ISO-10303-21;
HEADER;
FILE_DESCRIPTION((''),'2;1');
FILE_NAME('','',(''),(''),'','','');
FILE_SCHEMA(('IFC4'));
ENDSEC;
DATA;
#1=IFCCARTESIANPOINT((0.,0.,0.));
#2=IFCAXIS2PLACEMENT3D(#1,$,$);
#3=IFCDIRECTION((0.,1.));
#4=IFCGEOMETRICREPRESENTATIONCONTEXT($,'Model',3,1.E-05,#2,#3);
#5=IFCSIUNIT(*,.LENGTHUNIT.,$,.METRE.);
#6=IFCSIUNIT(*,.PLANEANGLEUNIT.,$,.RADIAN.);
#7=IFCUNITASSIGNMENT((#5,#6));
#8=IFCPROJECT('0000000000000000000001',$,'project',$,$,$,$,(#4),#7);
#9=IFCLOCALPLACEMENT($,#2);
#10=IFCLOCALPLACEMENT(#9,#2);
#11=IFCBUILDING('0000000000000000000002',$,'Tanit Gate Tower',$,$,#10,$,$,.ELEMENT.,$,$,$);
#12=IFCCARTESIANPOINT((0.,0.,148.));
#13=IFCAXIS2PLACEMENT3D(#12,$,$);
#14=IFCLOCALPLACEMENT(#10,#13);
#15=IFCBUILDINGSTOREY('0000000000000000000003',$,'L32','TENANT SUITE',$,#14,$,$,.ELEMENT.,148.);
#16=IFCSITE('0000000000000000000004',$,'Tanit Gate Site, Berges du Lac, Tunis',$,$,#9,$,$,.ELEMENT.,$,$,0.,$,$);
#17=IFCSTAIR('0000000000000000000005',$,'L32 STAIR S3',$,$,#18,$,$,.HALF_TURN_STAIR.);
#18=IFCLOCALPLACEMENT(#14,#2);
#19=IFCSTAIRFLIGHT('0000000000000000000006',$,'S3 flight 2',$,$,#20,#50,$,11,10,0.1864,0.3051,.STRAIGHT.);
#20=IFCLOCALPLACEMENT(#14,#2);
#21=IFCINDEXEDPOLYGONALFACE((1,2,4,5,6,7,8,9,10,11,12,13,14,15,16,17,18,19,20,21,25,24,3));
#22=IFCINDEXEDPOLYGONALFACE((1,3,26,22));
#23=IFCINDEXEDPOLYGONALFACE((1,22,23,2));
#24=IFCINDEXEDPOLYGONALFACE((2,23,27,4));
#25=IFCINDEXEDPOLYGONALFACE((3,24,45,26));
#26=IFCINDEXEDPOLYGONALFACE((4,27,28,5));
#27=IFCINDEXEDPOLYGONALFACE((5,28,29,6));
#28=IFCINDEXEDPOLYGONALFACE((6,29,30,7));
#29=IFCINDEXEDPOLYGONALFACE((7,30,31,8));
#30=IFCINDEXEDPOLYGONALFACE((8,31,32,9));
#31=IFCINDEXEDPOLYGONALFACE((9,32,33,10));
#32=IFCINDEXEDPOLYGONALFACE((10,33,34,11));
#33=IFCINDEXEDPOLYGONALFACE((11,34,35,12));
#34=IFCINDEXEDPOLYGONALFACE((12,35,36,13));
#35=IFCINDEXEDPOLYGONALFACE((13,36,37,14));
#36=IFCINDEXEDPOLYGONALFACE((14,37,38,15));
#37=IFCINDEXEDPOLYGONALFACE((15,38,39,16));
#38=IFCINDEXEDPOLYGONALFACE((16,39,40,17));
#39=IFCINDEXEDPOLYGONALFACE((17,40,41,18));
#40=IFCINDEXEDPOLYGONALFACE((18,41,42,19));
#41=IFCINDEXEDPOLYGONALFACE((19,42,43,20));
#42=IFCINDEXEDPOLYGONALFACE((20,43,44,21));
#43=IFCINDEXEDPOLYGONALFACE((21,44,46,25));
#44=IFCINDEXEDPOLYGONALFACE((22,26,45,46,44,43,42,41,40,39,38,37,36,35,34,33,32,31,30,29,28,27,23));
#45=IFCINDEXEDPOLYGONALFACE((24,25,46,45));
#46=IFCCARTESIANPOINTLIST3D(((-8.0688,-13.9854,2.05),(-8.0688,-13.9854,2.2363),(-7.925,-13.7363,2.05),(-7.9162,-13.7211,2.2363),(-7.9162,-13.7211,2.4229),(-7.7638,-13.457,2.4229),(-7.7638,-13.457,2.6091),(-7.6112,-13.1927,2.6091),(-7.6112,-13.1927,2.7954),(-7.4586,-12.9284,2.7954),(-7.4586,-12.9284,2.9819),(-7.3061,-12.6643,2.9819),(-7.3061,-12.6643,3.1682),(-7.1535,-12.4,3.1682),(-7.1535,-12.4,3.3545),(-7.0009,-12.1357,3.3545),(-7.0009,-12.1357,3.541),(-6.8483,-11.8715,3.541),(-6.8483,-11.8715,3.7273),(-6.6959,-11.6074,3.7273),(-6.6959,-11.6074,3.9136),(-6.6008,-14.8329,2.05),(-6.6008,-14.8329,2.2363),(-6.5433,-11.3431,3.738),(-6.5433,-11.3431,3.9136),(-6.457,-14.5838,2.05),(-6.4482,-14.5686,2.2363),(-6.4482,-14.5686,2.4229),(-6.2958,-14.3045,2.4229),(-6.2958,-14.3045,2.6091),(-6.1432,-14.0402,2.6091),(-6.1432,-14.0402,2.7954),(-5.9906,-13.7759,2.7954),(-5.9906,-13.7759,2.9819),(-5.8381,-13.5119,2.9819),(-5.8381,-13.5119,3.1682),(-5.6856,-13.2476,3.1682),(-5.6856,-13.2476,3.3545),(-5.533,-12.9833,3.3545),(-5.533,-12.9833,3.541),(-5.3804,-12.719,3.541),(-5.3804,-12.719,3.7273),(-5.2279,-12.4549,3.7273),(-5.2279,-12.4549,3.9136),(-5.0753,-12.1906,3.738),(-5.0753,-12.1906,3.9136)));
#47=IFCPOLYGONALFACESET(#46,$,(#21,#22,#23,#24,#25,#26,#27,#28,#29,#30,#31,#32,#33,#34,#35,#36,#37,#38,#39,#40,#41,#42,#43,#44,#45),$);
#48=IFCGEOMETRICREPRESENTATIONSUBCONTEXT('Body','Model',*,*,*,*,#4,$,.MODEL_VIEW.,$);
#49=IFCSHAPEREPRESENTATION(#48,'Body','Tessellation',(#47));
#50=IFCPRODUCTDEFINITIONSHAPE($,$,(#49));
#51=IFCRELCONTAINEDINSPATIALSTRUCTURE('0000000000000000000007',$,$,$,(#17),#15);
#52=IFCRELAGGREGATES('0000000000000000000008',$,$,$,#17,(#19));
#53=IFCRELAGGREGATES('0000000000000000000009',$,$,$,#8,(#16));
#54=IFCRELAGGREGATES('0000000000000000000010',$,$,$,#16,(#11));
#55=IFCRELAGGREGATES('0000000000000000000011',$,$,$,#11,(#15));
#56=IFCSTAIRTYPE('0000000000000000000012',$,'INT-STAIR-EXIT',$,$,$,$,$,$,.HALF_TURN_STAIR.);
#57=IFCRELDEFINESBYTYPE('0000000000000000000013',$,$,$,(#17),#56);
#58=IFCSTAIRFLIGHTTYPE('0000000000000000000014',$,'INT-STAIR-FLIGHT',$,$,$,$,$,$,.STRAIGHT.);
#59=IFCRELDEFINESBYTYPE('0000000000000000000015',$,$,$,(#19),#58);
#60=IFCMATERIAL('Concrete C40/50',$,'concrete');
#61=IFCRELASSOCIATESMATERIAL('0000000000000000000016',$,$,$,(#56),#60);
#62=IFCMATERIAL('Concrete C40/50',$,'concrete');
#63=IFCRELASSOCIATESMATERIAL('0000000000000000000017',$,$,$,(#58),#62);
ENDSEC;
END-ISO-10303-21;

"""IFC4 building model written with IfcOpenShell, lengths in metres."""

from ifc_helpers import new_model, si_unit, direction, frame, origin, place, context, subcontext, project, spatial, polyline, outline, extrude, material, type_object, element, aggregate, save


model = new_model("IFC4")

# Units and contexts
model_context = context("Model", 3, precision=1e-05, world=origin(), true_north=direction((0.0, 1.0)))
body_context = subcontext(model_context, "Body", "Model", "MODEL_VIEW")
ifc_project = project(units=[si_unit("LENGTHUNIT", "METRE"), si_unit("PLANEANGLEUNIT", "RADIAN")], contexts=[model_context])

# Site, building, storey
site_placement = place(None, origin())
site = spatial("IfcSite", under=ifc_project, at=site_placement, Name="Tanit Gate Site, Berges du Lac, Tunis", CompositionType="ELEMENT", RefElevation=0.0)
building_placement = place(site_placement, origin())
building = spatial("IfcBuilding", under=site, at=building_placement, Name="Tanit Gate Tower", CompositionType="ELEMENT")
storey_placement = place(building_placement, frame((0.0, 0.0, 148.0)))
storey = spatial("IfcBuildingStorey", under=building, at=storey_placement, Name="L32", Description="TENANT SUITE", CompositionType="ELEMENT", Elevation=148.0)

# Stair, stair flight
ifc_material_1 = material(Name="Concrete C40/50", Category="concrete")
stair_type = type_object("IfcStairType", Name="INT-STAIR-EXIT", PredefinedType="HALF_TURN_STAIR", material=ifc_material_1)
stair_placement = place(storey_placement, origin())
stair = element("IfcStair", 1, at=stair_placement, inside=storey, type_object=stair_type, Name="L32 STAIR S3", PredefinedType="HALF_TURN_STAIR")
ifc_material_2 = material(Name="Concrete C40/50", Category="concrete")
stair_flight_type = type_object("IfcStairFlightType", Name="INT-STAIR-FLIGHT", PredefinedType="STRAIGHT", material=ifc_material_2)
stair_flight_1_placement = place(storey_placement, frame((-7.3347, -14.4092, 2.05), z_axis=(0.0, 0.0, 1.0), x_axis=(0.5, 0.866025, 0.0)))
stair_flight_1 = element("IfcStairFlight", 2, at=stair_flight_1_placement, type_object=stair_flight_type, Name="S3 flight 2", NumberOfRisers=11, NumberOfTreads=10, PredefinedType="STRAIGHT", RiserHeight=0.1864, TreadLength=0.3051, context=body_context, shape_type="SweptSolid", body=[
    extrude(outline(polyline([(0.0, 0.0), (0.0, 0.1863), (0.3052, 0.1863), (0.3052, 0.3728), (0.6101, 0.3728), (0.6101, 0.5591), (0.9153, 0.5591), (0.9153, 0.7454), (1.2205, 0.7454), (1.2205, 0.9319), (1.5254, 0.9319), (1.5254, 1.1182), (1.8306, 1.1182), (1.8306, 1.3044), (2.1357, 1.3044), (2.1357, 1.491), (2.4409, 1.491), (2.4409, 1.6772), (2.7458, 1.6772), (2.7458, 1.8635), (3.051, 1.8635), (3.051, 2.05), (3.051, 1.688), (0.2876, 0.0), (0.0, 0.0)])), frame((0.0, 0.8477, 0.0), z_axis=(0.0, -1.0, 0.0), x_axis=(1.0, 0.0, 0.0)), (0.0, 0.0, 1.0), 1.6951),
])
aggregate(stair, [stair_flight_1])

save(model, "model.ifc")
